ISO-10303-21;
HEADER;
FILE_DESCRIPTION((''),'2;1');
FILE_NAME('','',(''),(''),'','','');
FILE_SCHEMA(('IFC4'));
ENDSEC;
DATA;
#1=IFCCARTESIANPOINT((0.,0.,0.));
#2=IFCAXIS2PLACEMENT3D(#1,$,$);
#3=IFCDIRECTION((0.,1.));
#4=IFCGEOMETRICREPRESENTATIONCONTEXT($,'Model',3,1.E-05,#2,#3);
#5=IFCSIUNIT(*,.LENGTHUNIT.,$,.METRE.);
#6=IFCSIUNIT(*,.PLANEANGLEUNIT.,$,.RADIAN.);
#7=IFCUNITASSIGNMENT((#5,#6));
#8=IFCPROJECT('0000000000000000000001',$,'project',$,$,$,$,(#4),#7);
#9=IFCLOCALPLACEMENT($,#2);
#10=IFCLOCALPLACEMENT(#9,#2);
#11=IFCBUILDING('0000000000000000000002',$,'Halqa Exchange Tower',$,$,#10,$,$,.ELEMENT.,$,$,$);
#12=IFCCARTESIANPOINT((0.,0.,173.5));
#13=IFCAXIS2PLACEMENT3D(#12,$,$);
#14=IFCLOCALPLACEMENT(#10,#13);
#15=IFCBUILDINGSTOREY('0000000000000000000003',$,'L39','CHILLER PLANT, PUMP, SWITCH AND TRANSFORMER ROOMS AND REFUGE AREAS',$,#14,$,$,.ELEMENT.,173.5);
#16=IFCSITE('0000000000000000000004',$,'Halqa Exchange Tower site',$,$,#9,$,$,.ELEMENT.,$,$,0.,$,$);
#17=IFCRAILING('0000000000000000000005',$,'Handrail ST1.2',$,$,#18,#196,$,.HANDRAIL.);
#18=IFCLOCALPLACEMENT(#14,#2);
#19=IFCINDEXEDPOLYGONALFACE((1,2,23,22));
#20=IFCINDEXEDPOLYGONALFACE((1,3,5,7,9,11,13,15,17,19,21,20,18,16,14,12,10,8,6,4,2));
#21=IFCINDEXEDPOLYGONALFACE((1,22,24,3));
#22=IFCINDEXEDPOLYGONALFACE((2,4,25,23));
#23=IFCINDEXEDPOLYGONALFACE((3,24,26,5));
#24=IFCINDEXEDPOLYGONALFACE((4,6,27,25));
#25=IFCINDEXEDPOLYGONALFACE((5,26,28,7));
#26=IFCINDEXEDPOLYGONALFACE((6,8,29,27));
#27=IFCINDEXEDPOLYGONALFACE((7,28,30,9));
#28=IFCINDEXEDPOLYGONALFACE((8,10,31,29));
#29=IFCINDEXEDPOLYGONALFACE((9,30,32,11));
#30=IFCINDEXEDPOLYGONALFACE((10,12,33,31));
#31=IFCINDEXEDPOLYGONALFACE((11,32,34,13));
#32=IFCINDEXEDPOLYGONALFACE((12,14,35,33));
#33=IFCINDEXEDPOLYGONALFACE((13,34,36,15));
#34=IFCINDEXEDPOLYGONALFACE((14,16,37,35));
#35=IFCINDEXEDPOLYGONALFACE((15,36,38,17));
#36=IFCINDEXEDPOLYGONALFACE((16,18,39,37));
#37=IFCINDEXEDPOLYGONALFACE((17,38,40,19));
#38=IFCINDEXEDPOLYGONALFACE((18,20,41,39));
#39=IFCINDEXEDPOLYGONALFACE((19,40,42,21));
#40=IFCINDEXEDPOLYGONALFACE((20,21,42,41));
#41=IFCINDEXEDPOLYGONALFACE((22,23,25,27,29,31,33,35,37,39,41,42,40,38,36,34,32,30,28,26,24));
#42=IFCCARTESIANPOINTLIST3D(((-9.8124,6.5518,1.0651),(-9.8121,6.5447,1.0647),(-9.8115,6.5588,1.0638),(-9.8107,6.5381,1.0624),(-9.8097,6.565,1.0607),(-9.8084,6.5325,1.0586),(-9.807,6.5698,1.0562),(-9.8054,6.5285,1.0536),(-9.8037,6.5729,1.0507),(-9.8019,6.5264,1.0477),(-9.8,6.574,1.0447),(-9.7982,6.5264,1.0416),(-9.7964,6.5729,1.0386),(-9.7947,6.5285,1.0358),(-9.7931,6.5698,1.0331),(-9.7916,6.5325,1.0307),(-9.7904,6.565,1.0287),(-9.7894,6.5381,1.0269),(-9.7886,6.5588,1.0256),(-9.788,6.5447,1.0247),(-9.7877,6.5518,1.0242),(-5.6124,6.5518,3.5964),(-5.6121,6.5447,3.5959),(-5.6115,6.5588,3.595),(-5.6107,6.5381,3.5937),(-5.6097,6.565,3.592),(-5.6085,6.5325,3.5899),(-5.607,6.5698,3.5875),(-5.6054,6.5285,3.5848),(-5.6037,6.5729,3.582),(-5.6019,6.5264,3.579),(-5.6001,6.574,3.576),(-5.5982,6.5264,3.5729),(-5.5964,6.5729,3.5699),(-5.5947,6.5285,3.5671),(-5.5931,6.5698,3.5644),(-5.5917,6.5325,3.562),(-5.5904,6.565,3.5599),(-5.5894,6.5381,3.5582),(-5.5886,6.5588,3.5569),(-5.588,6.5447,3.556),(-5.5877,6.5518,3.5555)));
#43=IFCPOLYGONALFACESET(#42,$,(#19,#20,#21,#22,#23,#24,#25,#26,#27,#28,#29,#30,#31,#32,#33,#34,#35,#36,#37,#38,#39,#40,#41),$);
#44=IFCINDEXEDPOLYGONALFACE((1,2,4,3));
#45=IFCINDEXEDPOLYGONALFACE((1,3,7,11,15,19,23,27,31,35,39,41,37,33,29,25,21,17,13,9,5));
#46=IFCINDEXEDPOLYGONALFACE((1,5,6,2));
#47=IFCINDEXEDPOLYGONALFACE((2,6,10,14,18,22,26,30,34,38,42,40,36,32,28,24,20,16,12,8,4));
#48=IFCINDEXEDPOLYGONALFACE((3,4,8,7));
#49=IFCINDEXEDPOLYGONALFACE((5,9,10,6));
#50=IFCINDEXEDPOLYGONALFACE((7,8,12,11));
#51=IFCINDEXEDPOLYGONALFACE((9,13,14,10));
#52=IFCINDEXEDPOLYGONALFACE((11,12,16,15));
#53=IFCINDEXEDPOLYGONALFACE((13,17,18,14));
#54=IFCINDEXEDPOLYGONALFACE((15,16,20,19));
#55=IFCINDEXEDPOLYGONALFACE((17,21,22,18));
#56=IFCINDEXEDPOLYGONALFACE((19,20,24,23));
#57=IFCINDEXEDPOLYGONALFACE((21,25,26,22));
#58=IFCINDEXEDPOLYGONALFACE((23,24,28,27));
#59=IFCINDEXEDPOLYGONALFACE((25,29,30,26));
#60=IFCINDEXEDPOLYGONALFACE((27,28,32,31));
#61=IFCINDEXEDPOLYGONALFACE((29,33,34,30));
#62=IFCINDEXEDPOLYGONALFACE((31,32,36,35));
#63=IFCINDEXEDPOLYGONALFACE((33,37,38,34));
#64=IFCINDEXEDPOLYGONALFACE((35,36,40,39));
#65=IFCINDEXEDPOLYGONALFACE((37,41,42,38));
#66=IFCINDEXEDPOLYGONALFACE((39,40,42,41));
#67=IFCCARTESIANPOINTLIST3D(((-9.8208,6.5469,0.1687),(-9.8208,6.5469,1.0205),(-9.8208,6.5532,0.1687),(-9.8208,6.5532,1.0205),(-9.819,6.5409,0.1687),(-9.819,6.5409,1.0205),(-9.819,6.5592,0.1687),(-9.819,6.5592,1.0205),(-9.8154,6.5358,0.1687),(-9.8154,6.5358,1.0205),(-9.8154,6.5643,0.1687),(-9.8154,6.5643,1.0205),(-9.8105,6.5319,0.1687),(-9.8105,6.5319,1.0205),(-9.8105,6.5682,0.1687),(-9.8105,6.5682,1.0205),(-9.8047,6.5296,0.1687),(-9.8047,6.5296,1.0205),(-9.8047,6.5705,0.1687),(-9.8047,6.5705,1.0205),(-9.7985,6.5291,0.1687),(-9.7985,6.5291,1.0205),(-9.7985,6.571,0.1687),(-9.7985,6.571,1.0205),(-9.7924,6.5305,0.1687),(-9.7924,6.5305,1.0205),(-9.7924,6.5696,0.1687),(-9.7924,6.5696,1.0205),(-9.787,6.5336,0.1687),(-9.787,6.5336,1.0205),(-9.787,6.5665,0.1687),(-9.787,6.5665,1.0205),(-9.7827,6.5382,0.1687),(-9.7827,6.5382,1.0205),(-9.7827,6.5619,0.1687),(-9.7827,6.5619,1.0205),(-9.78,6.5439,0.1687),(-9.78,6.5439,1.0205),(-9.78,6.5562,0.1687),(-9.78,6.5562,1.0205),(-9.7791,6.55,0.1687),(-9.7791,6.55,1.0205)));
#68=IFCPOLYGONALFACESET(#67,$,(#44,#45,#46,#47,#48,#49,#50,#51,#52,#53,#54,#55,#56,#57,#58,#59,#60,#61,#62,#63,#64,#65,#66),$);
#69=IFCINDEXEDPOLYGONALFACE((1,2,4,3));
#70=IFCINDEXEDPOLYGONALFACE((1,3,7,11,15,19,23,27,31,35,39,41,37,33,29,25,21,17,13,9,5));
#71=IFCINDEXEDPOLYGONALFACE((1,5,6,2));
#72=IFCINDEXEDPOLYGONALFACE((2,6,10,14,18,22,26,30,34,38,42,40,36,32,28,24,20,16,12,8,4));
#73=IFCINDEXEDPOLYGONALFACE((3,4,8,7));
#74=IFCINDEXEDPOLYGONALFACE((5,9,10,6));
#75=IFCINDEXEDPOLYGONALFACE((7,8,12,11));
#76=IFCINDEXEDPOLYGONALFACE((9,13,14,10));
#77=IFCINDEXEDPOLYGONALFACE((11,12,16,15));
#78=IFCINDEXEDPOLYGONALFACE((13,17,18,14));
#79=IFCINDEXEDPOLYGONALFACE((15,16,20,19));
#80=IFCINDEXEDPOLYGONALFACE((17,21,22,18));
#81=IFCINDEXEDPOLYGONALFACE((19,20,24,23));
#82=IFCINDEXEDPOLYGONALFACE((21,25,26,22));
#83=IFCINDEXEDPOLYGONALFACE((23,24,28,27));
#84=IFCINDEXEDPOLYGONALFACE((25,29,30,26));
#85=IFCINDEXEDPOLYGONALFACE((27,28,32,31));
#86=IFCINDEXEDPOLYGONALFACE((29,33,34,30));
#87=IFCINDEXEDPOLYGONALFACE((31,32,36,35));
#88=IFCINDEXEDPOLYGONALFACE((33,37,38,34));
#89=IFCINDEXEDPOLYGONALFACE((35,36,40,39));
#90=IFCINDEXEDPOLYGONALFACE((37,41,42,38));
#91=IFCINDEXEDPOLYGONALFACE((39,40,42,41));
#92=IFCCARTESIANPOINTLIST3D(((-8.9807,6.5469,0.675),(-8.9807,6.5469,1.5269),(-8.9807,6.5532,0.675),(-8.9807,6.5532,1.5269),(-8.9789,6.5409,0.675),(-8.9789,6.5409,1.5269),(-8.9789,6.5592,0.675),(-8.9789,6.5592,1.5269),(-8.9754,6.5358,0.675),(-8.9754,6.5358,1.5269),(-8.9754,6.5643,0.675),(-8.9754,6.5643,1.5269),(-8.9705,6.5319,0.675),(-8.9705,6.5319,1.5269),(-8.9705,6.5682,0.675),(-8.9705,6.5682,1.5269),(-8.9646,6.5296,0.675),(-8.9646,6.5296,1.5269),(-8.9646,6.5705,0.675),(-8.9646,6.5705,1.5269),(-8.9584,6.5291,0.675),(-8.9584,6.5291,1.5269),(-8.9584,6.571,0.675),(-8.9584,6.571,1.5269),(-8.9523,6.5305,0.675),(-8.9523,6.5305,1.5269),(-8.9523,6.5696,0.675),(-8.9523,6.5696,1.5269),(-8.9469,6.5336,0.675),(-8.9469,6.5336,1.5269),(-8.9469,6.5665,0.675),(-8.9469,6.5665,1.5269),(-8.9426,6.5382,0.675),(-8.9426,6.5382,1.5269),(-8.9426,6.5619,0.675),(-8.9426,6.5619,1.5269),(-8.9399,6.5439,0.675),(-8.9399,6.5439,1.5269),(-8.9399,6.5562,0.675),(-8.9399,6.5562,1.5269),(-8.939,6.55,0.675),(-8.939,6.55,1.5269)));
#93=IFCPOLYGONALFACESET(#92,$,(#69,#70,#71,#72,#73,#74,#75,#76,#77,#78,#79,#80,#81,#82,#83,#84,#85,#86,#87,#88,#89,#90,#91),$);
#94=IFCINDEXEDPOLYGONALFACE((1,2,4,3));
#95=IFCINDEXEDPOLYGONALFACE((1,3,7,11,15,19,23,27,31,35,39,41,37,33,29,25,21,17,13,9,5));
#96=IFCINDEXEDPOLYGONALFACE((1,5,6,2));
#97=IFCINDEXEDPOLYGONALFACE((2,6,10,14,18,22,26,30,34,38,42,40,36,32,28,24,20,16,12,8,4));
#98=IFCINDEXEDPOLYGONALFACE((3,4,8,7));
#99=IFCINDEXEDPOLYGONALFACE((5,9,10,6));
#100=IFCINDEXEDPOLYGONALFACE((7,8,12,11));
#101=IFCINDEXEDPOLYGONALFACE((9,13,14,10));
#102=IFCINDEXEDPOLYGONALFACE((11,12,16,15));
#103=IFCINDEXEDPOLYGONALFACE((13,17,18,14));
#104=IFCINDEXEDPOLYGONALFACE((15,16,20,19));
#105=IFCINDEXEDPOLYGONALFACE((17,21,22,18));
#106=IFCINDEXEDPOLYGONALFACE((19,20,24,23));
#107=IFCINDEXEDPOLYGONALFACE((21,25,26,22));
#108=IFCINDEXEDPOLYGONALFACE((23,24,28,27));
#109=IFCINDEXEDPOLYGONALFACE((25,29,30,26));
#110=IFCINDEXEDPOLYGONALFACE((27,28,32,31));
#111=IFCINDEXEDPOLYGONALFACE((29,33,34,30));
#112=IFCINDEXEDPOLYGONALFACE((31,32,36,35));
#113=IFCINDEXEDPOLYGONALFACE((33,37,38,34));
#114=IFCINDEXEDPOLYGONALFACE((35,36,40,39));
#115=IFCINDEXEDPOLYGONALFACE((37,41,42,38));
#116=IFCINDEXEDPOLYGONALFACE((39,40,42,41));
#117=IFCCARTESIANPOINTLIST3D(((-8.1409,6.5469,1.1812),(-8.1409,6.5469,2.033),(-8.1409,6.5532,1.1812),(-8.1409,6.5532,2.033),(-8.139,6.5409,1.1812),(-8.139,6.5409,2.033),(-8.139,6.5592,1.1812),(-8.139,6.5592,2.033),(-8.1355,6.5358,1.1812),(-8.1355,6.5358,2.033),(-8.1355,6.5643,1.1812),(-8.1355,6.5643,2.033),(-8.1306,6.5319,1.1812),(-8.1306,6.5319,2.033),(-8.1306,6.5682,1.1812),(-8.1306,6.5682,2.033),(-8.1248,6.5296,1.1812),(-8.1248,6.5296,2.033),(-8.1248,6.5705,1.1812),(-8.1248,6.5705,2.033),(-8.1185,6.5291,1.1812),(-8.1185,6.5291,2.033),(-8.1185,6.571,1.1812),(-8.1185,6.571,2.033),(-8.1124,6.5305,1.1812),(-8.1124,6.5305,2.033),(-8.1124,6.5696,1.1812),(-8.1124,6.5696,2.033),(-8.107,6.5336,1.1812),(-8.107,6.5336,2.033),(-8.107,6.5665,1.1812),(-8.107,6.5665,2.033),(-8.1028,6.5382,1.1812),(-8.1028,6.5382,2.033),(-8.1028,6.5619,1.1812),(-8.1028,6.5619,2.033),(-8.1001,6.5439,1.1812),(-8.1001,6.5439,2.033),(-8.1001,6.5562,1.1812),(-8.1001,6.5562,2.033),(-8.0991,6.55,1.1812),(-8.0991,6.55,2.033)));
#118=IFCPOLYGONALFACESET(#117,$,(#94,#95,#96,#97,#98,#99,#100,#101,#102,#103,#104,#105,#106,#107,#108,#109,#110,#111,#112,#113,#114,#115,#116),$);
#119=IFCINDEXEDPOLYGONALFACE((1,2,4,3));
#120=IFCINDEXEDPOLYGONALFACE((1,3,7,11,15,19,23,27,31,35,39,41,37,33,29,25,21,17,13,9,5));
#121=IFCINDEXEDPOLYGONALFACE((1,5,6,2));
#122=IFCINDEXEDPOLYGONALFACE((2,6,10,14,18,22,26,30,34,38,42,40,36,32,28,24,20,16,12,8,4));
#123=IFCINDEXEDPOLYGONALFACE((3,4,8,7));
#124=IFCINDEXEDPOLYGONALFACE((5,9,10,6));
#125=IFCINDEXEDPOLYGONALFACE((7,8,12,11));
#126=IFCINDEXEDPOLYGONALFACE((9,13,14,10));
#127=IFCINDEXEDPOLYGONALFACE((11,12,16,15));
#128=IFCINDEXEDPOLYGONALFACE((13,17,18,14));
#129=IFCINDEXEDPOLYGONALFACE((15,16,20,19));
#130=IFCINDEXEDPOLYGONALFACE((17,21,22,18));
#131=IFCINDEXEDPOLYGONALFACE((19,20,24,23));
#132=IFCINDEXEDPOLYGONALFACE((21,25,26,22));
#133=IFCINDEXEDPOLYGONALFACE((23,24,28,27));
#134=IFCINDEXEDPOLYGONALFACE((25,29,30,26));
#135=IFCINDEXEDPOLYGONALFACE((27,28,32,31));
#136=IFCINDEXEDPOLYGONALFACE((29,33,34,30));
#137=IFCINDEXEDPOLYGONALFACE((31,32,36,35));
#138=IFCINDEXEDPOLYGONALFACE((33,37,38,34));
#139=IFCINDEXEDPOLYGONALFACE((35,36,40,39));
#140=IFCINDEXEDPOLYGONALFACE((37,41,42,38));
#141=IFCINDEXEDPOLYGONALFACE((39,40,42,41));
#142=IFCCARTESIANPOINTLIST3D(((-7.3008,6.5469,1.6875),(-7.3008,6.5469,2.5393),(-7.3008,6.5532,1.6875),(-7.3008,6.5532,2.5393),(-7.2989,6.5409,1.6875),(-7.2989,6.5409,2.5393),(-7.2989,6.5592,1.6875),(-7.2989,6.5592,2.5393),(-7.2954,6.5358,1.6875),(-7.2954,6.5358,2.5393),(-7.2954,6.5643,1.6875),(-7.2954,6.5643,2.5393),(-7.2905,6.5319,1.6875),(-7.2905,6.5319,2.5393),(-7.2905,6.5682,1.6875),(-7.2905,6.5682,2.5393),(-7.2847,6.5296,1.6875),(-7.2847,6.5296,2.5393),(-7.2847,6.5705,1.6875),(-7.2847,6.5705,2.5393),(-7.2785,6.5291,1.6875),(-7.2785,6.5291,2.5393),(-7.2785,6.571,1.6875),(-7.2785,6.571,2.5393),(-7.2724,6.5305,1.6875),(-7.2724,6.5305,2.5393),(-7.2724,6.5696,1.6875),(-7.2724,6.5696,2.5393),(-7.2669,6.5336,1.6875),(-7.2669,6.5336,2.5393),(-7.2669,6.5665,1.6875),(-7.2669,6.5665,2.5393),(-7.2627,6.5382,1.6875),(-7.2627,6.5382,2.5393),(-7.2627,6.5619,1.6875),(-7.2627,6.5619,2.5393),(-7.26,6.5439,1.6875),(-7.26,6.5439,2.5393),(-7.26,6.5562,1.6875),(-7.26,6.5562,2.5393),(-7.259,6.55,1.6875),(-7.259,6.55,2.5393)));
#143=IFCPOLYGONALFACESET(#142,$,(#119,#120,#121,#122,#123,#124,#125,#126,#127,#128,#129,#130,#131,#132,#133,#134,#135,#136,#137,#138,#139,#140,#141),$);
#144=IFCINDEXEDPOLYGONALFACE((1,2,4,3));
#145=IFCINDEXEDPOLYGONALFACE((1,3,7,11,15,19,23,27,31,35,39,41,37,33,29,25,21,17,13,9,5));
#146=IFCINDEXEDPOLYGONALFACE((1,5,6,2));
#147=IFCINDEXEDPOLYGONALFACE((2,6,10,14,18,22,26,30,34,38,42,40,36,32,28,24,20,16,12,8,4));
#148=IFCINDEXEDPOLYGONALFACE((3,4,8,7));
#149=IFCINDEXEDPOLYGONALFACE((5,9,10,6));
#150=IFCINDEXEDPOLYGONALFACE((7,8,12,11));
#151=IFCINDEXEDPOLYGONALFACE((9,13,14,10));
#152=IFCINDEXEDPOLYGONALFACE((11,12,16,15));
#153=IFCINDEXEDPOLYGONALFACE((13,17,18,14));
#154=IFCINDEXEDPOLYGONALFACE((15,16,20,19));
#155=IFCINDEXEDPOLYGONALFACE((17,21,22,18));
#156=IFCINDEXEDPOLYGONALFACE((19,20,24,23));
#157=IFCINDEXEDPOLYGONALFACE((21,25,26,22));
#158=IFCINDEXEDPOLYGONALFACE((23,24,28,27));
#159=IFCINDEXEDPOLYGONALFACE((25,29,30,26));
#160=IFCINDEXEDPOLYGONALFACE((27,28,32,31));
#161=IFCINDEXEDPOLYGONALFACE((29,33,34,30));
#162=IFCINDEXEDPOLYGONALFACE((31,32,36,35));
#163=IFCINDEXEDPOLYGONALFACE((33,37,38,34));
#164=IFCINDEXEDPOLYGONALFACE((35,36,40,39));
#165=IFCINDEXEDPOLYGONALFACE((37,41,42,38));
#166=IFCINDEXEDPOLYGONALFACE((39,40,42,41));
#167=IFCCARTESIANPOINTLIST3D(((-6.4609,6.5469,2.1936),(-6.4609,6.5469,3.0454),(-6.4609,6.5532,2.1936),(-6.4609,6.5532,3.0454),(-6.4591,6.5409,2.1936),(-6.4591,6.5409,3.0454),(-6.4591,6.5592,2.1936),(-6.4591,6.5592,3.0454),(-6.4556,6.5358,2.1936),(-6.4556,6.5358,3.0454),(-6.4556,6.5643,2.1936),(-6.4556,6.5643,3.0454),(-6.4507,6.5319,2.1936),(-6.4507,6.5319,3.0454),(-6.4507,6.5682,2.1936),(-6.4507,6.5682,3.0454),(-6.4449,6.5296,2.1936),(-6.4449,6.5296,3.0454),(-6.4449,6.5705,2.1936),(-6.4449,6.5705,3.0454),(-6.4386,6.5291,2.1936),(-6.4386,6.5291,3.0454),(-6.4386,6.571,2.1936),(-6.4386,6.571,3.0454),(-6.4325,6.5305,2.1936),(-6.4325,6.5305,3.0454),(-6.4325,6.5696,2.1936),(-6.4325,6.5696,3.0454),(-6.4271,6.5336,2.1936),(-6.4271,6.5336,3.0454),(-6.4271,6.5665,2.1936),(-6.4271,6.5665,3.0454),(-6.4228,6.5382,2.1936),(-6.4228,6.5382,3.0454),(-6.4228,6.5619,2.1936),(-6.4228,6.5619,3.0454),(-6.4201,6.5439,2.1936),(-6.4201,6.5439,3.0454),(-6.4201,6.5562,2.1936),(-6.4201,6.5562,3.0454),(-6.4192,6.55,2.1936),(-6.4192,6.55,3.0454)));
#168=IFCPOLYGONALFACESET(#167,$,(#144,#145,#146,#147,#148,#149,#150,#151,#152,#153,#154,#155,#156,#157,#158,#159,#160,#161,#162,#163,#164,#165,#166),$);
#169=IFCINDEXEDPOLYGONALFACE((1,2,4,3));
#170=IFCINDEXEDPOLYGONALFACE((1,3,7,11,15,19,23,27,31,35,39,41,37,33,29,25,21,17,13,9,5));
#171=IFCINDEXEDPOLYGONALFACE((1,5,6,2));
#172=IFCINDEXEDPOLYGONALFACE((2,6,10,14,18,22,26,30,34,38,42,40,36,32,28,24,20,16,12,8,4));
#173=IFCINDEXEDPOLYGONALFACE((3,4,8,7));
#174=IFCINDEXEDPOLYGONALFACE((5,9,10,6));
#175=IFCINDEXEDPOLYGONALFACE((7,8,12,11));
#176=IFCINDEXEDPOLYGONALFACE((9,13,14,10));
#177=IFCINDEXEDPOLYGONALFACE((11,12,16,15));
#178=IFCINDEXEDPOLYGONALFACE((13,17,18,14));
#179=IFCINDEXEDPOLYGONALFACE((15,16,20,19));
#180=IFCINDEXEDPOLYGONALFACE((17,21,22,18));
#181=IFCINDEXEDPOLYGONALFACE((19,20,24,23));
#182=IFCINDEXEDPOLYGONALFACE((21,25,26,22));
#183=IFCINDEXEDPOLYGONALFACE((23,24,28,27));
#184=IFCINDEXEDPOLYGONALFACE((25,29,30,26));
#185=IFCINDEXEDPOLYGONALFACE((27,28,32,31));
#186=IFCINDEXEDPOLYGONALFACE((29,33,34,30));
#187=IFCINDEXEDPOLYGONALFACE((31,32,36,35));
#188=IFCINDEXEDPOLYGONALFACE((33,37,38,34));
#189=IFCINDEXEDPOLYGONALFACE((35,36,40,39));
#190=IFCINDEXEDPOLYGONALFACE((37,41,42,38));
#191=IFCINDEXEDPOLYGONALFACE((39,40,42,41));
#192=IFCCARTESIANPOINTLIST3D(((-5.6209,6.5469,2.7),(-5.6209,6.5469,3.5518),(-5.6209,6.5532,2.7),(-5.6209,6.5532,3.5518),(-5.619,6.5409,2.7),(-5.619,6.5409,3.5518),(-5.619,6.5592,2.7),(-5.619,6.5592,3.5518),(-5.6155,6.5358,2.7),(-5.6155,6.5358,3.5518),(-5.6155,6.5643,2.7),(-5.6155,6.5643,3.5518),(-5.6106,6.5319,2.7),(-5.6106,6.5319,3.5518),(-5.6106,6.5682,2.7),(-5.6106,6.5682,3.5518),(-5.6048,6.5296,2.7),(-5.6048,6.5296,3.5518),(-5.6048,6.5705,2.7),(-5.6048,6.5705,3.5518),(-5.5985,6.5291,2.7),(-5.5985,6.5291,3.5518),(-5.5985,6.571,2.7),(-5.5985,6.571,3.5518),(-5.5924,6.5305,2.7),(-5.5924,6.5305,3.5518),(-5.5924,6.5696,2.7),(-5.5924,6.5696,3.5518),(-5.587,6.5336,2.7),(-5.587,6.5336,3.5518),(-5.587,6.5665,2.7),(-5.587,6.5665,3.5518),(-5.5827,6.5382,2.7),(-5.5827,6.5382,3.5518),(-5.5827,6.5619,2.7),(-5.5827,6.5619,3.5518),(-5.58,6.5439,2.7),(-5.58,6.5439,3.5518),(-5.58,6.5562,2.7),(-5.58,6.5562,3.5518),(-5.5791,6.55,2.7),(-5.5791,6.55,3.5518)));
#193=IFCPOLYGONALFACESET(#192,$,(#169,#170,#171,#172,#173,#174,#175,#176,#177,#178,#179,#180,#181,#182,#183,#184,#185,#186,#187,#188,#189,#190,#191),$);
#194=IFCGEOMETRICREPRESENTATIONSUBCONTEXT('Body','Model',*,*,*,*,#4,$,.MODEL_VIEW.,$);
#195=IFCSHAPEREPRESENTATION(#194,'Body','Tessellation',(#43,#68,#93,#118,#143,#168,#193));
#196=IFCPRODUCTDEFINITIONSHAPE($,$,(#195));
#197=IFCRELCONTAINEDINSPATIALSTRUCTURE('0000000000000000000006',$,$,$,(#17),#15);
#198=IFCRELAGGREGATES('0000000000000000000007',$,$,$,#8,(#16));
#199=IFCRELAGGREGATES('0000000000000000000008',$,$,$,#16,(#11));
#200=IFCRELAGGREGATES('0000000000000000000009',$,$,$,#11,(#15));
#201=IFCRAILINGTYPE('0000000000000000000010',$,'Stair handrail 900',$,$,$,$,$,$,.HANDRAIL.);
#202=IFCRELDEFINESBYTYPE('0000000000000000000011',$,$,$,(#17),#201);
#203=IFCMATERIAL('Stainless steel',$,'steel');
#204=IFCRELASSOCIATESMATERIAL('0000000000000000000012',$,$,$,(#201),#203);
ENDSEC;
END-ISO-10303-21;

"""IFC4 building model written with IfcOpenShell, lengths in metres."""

from ifc_helpers import new_model, si_unit, direction, frame, origin, origin_2d, place, context, subcontext, project, spatial, circle, extrude, material, type_object, element, save


model = new_model("IFC4")

# Units and contexts
model_context = context("Model", 3, precision=1e-05, world=origin(), true_north=direction((0.0, 1.0)))
body_context = subcontext(model_context, "Body", "Model", "MODEL_VIEW")
ifc_project = project(units=[si_unit("LENGTHUNIT", "METRE"), si_unit("PLANEANGLEUNIT", "RADIAN")], contexts=[model_context])

# Site, building, storey
site_placement = place(None, origin())
site = spatial("IfcSite", under=ifc_project, at=site_placement, Name="Halqa Exchange Tower site", CompositionType="ELEMENT", RefElevation=0.0)
building_placement = place(site_placement, origin())
building = spatial("IfcBuilding", under=site, at=building_placement, Name="Halqa Exchange Tower", CompositionType="ELEMENT")
storey_placement = place(building_placement, frame((0.0, 0.0, 173.5)))
storey = spatial("IfcBuildingStorey", under=building, at=storey_placement, Name="L39", Description="CHILLER PLANT, PUMP, SWITCH AND TRANSFORMER ROOMS AND REFUGE AREAS", CompositionType="ELEMENT", Elevation=173.5)

# Shared definitions
ifc_material_1 = material(Name="Stainless steel", Category="steel")

# Railing
railing_type_1 = type_object("IfcRailingType", Name="Stair handrail 900", PredefinedType="HANDRAIL", material=ifc_material_1)
railing_1_placement = place(storey_placement, frame((-9.8, 6.55, 0.1687)))
element("IfcRailing", 1, at=railing_1_placement, inside=storey, type_object=railing_type_1, Name="Handrail ST1.2", PredefinedType="HANDRAIL", context=body_context, shape_type="SweptSolid", body=[
    extrude(circle(Radius=0.0239, at=origin_2d()), frame((0.0, 0.0, 0.876), z_axis=(0.856476, 0.0, 0.516186), x_axis=(0.0, 1.0, 0.0)), (0.0, 0.0, 1.0), 4.9038),
    extrude(circle(Radius=0.021, at=origin_2d()), origin(), (0.0, 0.0, 1.0), 0.8518),
    extrude(circle(Radius=0.021, at=origin_2d()), frame((0.8401, 0.0, 0.5063)), (0.0, 0.0, 1.0), 0.8518),
    extrude(circle(Radius=0.021, at=origin_2d()), frame((1.6799, 0.0, 1.0125)), (0.0, 0.0, 1.0), 0.8518),
    extrude(circle(Radius=0.021, at=origin_2d()), frame((2.52, 0.0, 1.5188)), (0.0, 0.0, 1.0), 0.8518),
    extrude(circle(Radius=0.021, at=origin_2d()), frame((3.3599, 0.0, 2.0249)), (0.0, 0.0, 1.0), 0.8518),
    extrude(circle(Radius=0.021, at=origin_2d()), frame((4.2, 0.0, 2.5312)), (0.0, 0.0, 1.0), 0.8518),
])

save(model, "model.ifc")
